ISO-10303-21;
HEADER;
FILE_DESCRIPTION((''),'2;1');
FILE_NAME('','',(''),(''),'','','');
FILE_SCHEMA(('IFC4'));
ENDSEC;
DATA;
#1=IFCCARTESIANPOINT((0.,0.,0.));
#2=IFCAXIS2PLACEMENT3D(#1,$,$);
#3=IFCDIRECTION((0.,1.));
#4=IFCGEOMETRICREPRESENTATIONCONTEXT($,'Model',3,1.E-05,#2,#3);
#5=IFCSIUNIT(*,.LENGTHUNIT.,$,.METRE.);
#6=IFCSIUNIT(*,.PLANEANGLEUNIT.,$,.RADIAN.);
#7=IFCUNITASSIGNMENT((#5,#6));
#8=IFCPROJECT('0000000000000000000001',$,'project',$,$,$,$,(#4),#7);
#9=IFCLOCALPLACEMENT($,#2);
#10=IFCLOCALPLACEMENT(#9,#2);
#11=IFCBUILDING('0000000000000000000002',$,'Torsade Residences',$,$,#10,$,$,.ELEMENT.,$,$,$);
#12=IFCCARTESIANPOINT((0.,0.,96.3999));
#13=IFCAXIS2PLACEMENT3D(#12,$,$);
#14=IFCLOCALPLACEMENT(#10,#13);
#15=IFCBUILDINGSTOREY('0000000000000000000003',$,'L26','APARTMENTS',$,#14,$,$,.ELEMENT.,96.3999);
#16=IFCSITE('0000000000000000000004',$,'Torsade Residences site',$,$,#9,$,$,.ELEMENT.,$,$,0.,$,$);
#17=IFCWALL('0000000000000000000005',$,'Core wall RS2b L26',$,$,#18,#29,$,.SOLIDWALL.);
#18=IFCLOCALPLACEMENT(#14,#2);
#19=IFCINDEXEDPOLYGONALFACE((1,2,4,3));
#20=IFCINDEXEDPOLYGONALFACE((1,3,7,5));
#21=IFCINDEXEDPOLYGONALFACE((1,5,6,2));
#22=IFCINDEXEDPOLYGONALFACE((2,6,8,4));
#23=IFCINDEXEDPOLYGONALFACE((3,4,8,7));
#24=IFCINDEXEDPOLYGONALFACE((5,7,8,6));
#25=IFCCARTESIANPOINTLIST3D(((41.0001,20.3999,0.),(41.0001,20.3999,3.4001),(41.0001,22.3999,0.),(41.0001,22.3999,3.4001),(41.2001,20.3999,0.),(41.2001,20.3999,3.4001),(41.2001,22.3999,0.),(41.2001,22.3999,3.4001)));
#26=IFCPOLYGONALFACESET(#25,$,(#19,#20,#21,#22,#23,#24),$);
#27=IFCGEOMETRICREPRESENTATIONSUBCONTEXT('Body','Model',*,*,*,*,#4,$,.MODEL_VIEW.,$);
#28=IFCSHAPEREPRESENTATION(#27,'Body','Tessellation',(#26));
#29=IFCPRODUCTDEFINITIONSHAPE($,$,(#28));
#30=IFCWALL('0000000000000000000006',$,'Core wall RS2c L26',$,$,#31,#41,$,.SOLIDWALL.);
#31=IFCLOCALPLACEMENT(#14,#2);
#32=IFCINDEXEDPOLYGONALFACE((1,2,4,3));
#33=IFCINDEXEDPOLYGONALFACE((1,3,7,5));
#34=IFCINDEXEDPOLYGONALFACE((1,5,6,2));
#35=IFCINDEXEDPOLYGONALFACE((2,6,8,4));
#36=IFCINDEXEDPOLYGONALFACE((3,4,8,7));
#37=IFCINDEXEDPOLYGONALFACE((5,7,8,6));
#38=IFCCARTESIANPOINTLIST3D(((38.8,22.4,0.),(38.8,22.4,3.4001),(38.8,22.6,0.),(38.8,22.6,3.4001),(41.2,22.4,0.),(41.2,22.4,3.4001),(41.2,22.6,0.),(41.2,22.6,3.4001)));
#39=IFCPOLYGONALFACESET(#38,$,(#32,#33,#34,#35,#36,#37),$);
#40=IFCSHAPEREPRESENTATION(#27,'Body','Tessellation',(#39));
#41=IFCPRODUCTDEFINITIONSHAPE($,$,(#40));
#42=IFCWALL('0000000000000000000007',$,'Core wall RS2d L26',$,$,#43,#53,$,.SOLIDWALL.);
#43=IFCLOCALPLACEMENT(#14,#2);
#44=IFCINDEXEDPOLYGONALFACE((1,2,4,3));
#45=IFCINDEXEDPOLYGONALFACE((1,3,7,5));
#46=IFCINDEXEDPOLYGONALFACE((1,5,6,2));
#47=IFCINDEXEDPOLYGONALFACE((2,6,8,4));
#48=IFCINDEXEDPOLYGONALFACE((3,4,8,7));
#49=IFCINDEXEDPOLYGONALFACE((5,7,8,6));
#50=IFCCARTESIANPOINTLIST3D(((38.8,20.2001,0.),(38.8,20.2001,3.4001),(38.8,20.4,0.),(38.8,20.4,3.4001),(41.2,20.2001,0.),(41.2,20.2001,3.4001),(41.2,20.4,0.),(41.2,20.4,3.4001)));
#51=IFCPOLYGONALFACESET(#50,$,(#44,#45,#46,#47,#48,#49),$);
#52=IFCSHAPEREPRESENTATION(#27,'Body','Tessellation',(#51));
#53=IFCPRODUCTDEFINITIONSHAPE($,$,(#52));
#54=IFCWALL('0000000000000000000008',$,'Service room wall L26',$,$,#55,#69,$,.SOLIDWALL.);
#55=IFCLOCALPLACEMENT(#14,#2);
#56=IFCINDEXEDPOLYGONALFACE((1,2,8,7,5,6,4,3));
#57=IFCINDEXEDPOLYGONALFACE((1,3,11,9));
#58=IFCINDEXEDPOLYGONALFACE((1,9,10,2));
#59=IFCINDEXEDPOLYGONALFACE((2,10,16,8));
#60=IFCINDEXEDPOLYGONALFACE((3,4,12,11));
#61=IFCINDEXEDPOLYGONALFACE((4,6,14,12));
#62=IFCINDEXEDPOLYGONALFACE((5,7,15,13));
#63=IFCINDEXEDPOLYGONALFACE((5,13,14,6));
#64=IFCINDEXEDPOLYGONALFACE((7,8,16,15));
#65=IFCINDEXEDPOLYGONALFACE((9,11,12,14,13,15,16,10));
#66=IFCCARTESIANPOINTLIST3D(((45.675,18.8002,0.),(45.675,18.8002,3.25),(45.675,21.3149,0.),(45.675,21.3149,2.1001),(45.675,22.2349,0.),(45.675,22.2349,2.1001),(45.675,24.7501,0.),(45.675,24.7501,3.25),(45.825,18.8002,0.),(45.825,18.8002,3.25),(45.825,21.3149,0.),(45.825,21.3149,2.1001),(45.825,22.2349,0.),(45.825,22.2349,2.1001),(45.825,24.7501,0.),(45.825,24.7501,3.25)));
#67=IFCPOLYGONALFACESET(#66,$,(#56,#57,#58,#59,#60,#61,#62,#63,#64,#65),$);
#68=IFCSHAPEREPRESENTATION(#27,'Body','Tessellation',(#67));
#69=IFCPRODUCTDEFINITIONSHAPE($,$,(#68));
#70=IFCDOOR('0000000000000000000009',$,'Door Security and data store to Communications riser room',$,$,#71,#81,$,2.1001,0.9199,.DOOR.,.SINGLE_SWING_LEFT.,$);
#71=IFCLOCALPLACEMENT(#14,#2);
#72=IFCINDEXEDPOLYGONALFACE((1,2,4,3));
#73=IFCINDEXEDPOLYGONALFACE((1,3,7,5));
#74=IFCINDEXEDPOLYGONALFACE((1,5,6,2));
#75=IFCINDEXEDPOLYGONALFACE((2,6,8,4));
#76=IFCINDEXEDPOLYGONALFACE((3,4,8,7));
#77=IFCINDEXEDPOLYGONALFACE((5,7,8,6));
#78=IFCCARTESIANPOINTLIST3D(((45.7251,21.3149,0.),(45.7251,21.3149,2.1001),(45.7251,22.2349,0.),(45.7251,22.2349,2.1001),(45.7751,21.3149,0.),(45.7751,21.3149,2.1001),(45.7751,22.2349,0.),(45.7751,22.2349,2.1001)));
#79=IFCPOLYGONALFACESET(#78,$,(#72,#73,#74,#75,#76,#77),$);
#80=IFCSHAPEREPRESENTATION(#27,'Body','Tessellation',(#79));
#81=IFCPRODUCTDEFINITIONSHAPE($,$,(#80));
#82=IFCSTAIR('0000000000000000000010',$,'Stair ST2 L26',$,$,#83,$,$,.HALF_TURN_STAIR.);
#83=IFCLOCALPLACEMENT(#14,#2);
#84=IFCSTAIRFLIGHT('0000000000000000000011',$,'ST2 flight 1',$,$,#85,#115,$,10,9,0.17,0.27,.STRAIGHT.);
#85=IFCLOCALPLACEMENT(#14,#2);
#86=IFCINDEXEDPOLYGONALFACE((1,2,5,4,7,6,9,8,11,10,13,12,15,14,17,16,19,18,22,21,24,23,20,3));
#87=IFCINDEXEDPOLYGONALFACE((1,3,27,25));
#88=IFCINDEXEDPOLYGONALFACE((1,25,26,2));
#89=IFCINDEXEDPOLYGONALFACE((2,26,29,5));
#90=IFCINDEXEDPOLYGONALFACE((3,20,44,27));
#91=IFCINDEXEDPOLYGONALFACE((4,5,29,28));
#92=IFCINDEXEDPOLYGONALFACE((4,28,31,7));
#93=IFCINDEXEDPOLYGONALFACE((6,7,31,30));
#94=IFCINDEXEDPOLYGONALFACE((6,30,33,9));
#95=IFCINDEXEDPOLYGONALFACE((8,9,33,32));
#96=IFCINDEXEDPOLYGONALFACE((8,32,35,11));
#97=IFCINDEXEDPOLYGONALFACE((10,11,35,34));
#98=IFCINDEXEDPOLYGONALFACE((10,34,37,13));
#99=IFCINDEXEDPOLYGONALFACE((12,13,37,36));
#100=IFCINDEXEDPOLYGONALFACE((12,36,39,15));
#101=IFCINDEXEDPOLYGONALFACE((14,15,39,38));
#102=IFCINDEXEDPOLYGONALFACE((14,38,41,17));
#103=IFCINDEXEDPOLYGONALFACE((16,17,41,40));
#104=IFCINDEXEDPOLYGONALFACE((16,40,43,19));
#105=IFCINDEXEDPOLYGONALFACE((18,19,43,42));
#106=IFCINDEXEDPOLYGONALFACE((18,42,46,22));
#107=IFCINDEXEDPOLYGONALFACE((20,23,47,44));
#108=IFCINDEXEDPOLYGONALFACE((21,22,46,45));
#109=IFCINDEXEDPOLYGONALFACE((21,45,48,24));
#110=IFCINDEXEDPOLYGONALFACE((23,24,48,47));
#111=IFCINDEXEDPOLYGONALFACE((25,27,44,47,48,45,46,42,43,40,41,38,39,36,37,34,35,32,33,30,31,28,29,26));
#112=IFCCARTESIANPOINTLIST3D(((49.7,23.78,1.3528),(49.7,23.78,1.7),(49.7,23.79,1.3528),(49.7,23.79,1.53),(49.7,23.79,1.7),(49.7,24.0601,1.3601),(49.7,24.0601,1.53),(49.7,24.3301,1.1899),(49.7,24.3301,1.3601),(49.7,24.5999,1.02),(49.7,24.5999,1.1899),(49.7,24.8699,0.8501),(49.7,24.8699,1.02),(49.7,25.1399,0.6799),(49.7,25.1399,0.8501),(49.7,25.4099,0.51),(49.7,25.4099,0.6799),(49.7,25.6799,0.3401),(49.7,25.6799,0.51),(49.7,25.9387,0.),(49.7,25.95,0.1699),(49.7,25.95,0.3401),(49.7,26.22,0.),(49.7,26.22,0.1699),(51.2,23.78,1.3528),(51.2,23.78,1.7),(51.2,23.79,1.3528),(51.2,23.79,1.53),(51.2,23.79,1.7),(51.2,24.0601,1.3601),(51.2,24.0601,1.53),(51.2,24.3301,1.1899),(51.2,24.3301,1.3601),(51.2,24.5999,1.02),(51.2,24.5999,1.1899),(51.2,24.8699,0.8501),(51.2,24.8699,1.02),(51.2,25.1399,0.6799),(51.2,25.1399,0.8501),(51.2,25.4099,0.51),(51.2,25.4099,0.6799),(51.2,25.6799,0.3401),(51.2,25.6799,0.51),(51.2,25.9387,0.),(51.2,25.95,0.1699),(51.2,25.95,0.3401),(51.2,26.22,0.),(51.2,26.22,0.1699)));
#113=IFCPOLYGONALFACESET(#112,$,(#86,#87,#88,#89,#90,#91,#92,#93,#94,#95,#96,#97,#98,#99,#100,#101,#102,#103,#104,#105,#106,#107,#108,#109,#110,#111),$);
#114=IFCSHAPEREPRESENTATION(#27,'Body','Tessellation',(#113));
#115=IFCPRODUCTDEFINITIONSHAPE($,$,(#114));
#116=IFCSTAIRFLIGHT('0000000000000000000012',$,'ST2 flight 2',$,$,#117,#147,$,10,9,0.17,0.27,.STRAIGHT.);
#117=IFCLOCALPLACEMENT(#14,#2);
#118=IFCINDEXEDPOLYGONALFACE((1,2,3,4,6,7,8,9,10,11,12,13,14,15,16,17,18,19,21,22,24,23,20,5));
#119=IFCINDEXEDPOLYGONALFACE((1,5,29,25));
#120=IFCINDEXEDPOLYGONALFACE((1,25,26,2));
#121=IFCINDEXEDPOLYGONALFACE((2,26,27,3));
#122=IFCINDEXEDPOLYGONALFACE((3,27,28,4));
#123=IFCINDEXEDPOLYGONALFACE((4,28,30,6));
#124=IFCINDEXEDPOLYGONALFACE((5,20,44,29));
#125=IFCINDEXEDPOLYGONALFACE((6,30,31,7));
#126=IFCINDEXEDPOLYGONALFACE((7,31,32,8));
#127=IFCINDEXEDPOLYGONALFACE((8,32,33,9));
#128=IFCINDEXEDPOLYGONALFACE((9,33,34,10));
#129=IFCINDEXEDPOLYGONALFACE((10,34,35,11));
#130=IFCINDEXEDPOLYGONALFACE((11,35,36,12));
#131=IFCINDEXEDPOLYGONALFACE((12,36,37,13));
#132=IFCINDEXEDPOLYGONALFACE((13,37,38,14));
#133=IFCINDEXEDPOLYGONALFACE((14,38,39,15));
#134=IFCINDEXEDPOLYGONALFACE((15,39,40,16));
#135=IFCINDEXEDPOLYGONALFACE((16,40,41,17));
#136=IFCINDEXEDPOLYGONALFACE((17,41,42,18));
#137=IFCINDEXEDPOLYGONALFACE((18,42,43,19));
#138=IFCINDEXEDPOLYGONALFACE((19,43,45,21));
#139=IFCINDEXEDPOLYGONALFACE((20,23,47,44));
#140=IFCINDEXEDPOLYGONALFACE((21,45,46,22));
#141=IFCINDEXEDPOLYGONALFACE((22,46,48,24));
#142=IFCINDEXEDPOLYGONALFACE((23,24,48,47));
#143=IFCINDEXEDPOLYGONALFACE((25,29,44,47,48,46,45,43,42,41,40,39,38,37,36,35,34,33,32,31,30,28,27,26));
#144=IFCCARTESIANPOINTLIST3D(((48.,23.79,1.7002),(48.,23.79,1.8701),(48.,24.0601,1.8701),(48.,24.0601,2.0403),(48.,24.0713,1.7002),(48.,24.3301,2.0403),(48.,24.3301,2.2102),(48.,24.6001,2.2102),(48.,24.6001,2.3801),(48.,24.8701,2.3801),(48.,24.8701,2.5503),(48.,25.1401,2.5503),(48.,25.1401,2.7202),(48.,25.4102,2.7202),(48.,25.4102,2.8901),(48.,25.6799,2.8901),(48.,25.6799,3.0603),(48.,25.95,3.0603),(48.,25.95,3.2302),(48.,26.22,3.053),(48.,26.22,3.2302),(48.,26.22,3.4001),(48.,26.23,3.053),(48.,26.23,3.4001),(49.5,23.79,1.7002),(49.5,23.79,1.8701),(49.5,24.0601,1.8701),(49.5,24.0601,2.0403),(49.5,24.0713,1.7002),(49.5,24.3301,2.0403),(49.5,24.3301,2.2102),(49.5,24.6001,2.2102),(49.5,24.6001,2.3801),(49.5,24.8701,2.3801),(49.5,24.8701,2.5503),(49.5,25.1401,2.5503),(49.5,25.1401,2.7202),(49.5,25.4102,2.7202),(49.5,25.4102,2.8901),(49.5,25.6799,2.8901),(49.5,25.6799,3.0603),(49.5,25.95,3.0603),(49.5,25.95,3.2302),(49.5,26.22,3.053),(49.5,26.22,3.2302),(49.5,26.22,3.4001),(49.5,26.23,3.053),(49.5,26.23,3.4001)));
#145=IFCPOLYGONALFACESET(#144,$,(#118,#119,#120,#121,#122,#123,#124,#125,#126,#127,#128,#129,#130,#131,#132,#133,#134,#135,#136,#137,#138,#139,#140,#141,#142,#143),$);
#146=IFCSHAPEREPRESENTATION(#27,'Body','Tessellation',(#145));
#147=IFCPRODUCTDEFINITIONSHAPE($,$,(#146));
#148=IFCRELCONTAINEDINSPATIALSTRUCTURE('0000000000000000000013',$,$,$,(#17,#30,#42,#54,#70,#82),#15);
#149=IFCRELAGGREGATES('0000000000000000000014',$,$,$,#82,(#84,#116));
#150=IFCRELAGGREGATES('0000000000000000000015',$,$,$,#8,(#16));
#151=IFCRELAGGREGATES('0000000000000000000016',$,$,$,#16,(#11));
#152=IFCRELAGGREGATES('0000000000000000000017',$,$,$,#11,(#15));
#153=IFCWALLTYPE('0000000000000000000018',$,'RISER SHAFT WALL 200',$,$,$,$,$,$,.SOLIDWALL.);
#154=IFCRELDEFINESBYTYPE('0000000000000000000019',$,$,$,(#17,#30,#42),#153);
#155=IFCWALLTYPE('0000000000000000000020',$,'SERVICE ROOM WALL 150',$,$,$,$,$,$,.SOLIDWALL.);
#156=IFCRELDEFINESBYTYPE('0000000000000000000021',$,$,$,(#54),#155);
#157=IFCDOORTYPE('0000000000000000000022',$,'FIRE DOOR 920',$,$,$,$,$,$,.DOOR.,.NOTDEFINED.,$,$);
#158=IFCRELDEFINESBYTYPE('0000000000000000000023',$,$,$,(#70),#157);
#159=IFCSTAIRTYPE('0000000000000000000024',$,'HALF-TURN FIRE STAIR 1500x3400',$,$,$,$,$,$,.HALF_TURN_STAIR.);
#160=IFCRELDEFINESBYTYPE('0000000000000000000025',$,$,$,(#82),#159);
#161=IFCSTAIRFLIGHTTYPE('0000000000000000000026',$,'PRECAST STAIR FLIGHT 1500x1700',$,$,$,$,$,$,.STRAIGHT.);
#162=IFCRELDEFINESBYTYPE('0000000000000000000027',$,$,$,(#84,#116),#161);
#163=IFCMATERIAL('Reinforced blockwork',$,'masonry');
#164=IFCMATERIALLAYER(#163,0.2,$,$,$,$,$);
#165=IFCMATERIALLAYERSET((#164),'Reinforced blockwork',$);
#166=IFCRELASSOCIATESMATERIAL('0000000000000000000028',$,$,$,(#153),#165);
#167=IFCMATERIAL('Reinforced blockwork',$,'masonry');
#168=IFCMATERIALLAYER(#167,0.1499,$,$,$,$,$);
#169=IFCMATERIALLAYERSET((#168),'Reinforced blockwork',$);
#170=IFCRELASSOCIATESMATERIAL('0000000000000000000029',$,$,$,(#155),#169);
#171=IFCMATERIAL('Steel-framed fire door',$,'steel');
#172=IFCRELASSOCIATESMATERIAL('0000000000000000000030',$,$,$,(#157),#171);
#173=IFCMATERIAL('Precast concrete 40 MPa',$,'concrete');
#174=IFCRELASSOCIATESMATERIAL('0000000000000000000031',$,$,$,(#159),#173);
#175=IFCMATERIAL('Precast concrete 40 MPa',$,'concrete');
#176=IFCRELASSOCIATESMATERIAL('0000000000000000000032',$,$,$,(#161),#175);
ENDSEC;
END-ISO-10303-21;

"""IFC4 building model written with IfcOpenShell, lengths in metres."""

from ifc_helpers import new_model, si_unit, direction, frame, frame_2d, origin, place, context, subcontext, project, spatial, polyline, rectangle, outline, extrude, material, layer, layer_set, type_object, element, fill, aggregate, save


model = new_model("IFC4")

# Units and contexts
model_context = context("Model", 3, precision=1e-05, world=origin(), true_north=direction((0.0, 1.0)))
body_context = subcontext(model_context, "Body", "Model", "MODEL_VIEW")
ifc_project = project(units=[si_unit("LENGTHUNIT", "METRE"), si_unit("PLANEANGLEUNIT", "RADIAN")], contexts=[model_context])

# Site, building, storey
site_placement = place(None, origin())
site = spatial("IfcSite", under=ifc_project, at=site_placement, Name="Torsade Residences site", CompositionType="ELEMENT", RefElevation=0.0)
building_placement = place(site_placement, origin())
building = spatial("IfcBuilding", under=site, at=building_placement, Name="Torsade Residences", CompositionType="ELEMENT")
storey_placement = place(building_placement, frame((0.0, 0.0, 96.3999)))
storey = spatial("IfcBuildingStorey", under=building, at=storey_placement, Name="L26", Description="APARTMENTS", CompositionType="ELEMENT", Elevation=96.3999)

# Walls
ifc_material_1 = material(Name="Reinforced blockwork", Category="masonry")
ifc_layer_1 = layer(ifc_material_1, 0.2)
ifc_layer_set_1 = layer_set([ifc_layer_1], Name="Reinforced blockwork")
wall_type_1 = type_object("IfcWallType", Name="RISER SHAFT WALL 200", PredefinedType="SOLIDWALL", material=ifc_layer_set_1)
for number, where, z_axis, x_axis, name in (
    (1, (41.1001, 22.3999, 0.0), (0.0, 0.0, 1.0), (0.0, -1.0, 0.0), "Core wall RS2b L26"),
):
    element("IfcWall", number, at=place(storey_placement, frame(where, z_axis=z_axis, x_axis=x_axis)), inside=storey, type_object=wall_type_1, Name=name, PredefinedType="SOLIDWALL", context=body_context, shape_type="SweptSolid", body=[
        extrude(rectangle(XDim=2.0, YDim=0.2, at=frame_2d((1.0, 0.0))), origin(), (0.0, 0.0, 1.0), 3.4001),
    ])
for number, where, z_axis, x_axis, name in (
    (2, (38.8, 22.5, 0.0), (0.0, 0.0, 1.0), (1.0, 0.0, 0.0), "Core wall RS2c L26"),
    (3, (38.8, 20.3, 0.0), (0.0, 0.0, 1.0), (1.0, 0.0, 0.0), "Core wall RS2d L26"),
):
    element("IfcWall", number, at=place(storey_placement, frame(where, z_axis=z_axis, x_axis=x_axis)), inside=storey, type_object=wall_type_1, Name=name, PredefinedType="SOLIDWALL", context=body_context, shape_type="SweptSolid", body=[
        extrude(rectangle(XDim=2.3999, YDim=0.2, at=frame_2d((1.2, 0.0))), origin(), (0.0, 0.0, 1.0), 3.4001),
    ])

# Wall, opening, door
ifc_material_2 = material(Name="Reinforced blockwork", Category="masonry")
ifc_layer_2 = layer(ifc_material_2, 0.1499)
ifc_layer_set_2 = layer_set([ifc_layer_2], Name="Reinforced blockwork")
wall_type_2 = type_object("IfcWallType", Name="SERVICE ROOM WALL 150", PredefinedType="SOLIDWALL", material=ifc_layer_set_2)
wall_1_placement = place(storey_placement, frame((45.75, 18.8, 0.0), z_axis=(0.0, 0.0, 1.0), x_axis=(0.0, 1.0, 0.0)))
wall_1 = element("IfcWall", 4, at=wall_1_placement, inside=storey, type_object=wall_type_2, Name="Service room wall L26", PredefinedType="SOLIDWALL", context=body_context, shape_type="SweptSolid", body=[
    extrude(rectangle(XDim=5.95, YDim=0.1499, at=frame_2d((2.9751, 0.0))), origin(), (0.0, 0.0, 1.0), 3.25),
])
opening_1_placement = place(wall_1_placement, frame((2.5149, 0.0, 0.0)))
opening_1 = element("IfcOpeningElement", 5, at=opening_1_placement, cuts=wall_1, PredefinedType="OPENING", context=body_context, shape_type="SweptSolid", body=[
    extrude(rectangle(XDim=0.9199, YDim=2.1001, at=frame_2d((0.46, 1.05))), frame((0.0, 0.085, 0.0), z_axis=(0.0, -1.0, 0.0), x_axis=(1.0, 0.0, 0.0)), (0.0, 0.0, 1.0), 0.1699),
])
ifc_material_3 = material(Name="Steel-framed fire door", Category="steel")
door_type_1 = type_object("IfcDoorType", Name="FIRE DOOR 920", OperationType="NOTDEFINED", PredefinedType="DOOR", material=ifc_material_3)
door_1_placement = place(opening_1_placement, origin())
door_1 = element("IfcDoor", 6, at=door_1_placement, inside=storey, type_object=door_type_1, Name="Door Security and data store to Communications riser room", OperationType="SINGLE_SWING_LEFT", OverallHeight=2.1001, OverallWidth=0.9199, PredefinedType="DOOR", context=body_context, shape_type="SweptSolid", body=[
    extrude(rectangle(XDim=0.9199, YDim=2.1001, at=frame_2d((0.46, 1.05))), frame((0.0, 0.0249, 0.0), z_axis=(0.0, -1.0, 0.0), x_axis=(1.0, 0.0, 0.0)), (0.0, 0.0, 1.0), 0.05),
])
fill(opening_1, door_1)

# Stair, stair flights
ifc_material_4 = material(Name="Precast concrete 40 MPa", Category="concrete")
stair_type = type_object("IfcStairType", Name="HALF-TURN FIRE STAIR 1500x3400", PredefinedType="HALF_TURN_STAIR", material=ifc_material_4)
stair_placement = place(storey_placement, origin())
stair = element("IfcStair", 7, at=stair_placement, inside=storey, type_object=stair_type, Name="Stair ST2 L26", PredefinedType="HALF_TURN_STAIR")
ifc_material_5 = material(Name="Precast concrete 40 MPa", Category="concrete")
stair_flight_type = type_object("IfcStairFlightType", Name="PRECAST STAIR FLIGHT 1500x1700", PredefinedType="STRAIGHT", material=ifc_material_5)
stair_flight_1_placement = place(storey_placement, frame((50.45, 26.22, 0.0), z_axis=(0.0, 0.0, 1.0), x_axis=(0.0, -1.0, 0.0)))
stair_flight_1 = element("IfcStairFlight", 8, at=stair_flight_1_placement, type_object=stair_flight_type, Name="ST2 flight 1", NumberOfRisers=10, NumberOfTreads=9, PredefinedType="STRAIGHT", RiserHeight=0.17, TreadLength=0.27, context=body_context, shape_type="SweptSolid", body=[
    extrude(outline(polyline([(0.0, 0.0), (0.0, 0.1699), (0.27, 0.1699), (0.27, 0.3401), (0.54, 0.3401), (0.54, 0.51), (0.8101, 0.51), (0.8101, 0.6799), (1.0801, 0.6799), (1.0801, 0.8501), (1.3501, 0.8501), (1.3501, 1.02), (1.6201, 1.02), (1.6201, 1.1899), (1.8899, 1.1899), (1.8899, 1.3601), (2.1599, 1.3601), (2.1599, 1.53), (2.4299, 1.53), (2.4299, 1.7), (2.4399, 1.7), (2.4399, 1.3528), (2.4299, 1.3528), (0.2812, 0.0), (0.0, 0.0)])), frame((0.0, 0.75, 0.0), z_axis=(0.0, -1.0, 0.0), x_axis=(1.0, 0.0, 0.0)), (0.0, 0.0, 1.0), 1.5),
])
stair_flight_2_placement = place(storey_placement, frame((48.75, 23.79, 1.7002), z_axis=(0.0, 0.0, 1.0), x_axis=(0.0, 1.0, 0.0)))
stair_flight_2 = element("IfcStairFlight", 9, at=stair_flight_2_placement, type_object=stair_flight_type, Name="ST2 flight 2", NumberOfRisers=10, NumberOfTreads=9, PredefinedType="STRAIGHT", RiserHeight=0.17, TreadLength=0.27, context=body_context, shape_type="SweptSolid", body=[
    extrude(outline(polyline([(0.0, 0.0), (0.0, 0.1699), (0.27, 0.1699), (0.27, 0.3401), (0.54, 0.3401), (0.54, 0.51), (0.8101, 0.51), (0.8101, 0.6799), (1.0801, 0.6799), (1.0801, 0.8501), (1.3501, 0.8501), (1.3501, 1.02), (1.6201, 1.02), (1.6201, 1.1899), (1.8899, 1.1899), (1.8899, 1.3601), (2.1599, 1.3601), (2.1599, 1.53), (2.4299, 1.53), (2.4299, 1.7), (2.4399, 1.7), (2.4399, 1.3528), (2.4299, 1.3528), (0.2812, 0.0), (0.0, 0.0)])), frame((0.0, 0.75, 0.0), z_axis=(0.0, -1.0, 0.0), x_axis=(1.0, 0.0, 0.0)), (0.0, 0.0, 1.0), 1.5),
])
aggregate(stair, [stair_flight_1, stair_flight_2])

save(model, "model.ifc")
